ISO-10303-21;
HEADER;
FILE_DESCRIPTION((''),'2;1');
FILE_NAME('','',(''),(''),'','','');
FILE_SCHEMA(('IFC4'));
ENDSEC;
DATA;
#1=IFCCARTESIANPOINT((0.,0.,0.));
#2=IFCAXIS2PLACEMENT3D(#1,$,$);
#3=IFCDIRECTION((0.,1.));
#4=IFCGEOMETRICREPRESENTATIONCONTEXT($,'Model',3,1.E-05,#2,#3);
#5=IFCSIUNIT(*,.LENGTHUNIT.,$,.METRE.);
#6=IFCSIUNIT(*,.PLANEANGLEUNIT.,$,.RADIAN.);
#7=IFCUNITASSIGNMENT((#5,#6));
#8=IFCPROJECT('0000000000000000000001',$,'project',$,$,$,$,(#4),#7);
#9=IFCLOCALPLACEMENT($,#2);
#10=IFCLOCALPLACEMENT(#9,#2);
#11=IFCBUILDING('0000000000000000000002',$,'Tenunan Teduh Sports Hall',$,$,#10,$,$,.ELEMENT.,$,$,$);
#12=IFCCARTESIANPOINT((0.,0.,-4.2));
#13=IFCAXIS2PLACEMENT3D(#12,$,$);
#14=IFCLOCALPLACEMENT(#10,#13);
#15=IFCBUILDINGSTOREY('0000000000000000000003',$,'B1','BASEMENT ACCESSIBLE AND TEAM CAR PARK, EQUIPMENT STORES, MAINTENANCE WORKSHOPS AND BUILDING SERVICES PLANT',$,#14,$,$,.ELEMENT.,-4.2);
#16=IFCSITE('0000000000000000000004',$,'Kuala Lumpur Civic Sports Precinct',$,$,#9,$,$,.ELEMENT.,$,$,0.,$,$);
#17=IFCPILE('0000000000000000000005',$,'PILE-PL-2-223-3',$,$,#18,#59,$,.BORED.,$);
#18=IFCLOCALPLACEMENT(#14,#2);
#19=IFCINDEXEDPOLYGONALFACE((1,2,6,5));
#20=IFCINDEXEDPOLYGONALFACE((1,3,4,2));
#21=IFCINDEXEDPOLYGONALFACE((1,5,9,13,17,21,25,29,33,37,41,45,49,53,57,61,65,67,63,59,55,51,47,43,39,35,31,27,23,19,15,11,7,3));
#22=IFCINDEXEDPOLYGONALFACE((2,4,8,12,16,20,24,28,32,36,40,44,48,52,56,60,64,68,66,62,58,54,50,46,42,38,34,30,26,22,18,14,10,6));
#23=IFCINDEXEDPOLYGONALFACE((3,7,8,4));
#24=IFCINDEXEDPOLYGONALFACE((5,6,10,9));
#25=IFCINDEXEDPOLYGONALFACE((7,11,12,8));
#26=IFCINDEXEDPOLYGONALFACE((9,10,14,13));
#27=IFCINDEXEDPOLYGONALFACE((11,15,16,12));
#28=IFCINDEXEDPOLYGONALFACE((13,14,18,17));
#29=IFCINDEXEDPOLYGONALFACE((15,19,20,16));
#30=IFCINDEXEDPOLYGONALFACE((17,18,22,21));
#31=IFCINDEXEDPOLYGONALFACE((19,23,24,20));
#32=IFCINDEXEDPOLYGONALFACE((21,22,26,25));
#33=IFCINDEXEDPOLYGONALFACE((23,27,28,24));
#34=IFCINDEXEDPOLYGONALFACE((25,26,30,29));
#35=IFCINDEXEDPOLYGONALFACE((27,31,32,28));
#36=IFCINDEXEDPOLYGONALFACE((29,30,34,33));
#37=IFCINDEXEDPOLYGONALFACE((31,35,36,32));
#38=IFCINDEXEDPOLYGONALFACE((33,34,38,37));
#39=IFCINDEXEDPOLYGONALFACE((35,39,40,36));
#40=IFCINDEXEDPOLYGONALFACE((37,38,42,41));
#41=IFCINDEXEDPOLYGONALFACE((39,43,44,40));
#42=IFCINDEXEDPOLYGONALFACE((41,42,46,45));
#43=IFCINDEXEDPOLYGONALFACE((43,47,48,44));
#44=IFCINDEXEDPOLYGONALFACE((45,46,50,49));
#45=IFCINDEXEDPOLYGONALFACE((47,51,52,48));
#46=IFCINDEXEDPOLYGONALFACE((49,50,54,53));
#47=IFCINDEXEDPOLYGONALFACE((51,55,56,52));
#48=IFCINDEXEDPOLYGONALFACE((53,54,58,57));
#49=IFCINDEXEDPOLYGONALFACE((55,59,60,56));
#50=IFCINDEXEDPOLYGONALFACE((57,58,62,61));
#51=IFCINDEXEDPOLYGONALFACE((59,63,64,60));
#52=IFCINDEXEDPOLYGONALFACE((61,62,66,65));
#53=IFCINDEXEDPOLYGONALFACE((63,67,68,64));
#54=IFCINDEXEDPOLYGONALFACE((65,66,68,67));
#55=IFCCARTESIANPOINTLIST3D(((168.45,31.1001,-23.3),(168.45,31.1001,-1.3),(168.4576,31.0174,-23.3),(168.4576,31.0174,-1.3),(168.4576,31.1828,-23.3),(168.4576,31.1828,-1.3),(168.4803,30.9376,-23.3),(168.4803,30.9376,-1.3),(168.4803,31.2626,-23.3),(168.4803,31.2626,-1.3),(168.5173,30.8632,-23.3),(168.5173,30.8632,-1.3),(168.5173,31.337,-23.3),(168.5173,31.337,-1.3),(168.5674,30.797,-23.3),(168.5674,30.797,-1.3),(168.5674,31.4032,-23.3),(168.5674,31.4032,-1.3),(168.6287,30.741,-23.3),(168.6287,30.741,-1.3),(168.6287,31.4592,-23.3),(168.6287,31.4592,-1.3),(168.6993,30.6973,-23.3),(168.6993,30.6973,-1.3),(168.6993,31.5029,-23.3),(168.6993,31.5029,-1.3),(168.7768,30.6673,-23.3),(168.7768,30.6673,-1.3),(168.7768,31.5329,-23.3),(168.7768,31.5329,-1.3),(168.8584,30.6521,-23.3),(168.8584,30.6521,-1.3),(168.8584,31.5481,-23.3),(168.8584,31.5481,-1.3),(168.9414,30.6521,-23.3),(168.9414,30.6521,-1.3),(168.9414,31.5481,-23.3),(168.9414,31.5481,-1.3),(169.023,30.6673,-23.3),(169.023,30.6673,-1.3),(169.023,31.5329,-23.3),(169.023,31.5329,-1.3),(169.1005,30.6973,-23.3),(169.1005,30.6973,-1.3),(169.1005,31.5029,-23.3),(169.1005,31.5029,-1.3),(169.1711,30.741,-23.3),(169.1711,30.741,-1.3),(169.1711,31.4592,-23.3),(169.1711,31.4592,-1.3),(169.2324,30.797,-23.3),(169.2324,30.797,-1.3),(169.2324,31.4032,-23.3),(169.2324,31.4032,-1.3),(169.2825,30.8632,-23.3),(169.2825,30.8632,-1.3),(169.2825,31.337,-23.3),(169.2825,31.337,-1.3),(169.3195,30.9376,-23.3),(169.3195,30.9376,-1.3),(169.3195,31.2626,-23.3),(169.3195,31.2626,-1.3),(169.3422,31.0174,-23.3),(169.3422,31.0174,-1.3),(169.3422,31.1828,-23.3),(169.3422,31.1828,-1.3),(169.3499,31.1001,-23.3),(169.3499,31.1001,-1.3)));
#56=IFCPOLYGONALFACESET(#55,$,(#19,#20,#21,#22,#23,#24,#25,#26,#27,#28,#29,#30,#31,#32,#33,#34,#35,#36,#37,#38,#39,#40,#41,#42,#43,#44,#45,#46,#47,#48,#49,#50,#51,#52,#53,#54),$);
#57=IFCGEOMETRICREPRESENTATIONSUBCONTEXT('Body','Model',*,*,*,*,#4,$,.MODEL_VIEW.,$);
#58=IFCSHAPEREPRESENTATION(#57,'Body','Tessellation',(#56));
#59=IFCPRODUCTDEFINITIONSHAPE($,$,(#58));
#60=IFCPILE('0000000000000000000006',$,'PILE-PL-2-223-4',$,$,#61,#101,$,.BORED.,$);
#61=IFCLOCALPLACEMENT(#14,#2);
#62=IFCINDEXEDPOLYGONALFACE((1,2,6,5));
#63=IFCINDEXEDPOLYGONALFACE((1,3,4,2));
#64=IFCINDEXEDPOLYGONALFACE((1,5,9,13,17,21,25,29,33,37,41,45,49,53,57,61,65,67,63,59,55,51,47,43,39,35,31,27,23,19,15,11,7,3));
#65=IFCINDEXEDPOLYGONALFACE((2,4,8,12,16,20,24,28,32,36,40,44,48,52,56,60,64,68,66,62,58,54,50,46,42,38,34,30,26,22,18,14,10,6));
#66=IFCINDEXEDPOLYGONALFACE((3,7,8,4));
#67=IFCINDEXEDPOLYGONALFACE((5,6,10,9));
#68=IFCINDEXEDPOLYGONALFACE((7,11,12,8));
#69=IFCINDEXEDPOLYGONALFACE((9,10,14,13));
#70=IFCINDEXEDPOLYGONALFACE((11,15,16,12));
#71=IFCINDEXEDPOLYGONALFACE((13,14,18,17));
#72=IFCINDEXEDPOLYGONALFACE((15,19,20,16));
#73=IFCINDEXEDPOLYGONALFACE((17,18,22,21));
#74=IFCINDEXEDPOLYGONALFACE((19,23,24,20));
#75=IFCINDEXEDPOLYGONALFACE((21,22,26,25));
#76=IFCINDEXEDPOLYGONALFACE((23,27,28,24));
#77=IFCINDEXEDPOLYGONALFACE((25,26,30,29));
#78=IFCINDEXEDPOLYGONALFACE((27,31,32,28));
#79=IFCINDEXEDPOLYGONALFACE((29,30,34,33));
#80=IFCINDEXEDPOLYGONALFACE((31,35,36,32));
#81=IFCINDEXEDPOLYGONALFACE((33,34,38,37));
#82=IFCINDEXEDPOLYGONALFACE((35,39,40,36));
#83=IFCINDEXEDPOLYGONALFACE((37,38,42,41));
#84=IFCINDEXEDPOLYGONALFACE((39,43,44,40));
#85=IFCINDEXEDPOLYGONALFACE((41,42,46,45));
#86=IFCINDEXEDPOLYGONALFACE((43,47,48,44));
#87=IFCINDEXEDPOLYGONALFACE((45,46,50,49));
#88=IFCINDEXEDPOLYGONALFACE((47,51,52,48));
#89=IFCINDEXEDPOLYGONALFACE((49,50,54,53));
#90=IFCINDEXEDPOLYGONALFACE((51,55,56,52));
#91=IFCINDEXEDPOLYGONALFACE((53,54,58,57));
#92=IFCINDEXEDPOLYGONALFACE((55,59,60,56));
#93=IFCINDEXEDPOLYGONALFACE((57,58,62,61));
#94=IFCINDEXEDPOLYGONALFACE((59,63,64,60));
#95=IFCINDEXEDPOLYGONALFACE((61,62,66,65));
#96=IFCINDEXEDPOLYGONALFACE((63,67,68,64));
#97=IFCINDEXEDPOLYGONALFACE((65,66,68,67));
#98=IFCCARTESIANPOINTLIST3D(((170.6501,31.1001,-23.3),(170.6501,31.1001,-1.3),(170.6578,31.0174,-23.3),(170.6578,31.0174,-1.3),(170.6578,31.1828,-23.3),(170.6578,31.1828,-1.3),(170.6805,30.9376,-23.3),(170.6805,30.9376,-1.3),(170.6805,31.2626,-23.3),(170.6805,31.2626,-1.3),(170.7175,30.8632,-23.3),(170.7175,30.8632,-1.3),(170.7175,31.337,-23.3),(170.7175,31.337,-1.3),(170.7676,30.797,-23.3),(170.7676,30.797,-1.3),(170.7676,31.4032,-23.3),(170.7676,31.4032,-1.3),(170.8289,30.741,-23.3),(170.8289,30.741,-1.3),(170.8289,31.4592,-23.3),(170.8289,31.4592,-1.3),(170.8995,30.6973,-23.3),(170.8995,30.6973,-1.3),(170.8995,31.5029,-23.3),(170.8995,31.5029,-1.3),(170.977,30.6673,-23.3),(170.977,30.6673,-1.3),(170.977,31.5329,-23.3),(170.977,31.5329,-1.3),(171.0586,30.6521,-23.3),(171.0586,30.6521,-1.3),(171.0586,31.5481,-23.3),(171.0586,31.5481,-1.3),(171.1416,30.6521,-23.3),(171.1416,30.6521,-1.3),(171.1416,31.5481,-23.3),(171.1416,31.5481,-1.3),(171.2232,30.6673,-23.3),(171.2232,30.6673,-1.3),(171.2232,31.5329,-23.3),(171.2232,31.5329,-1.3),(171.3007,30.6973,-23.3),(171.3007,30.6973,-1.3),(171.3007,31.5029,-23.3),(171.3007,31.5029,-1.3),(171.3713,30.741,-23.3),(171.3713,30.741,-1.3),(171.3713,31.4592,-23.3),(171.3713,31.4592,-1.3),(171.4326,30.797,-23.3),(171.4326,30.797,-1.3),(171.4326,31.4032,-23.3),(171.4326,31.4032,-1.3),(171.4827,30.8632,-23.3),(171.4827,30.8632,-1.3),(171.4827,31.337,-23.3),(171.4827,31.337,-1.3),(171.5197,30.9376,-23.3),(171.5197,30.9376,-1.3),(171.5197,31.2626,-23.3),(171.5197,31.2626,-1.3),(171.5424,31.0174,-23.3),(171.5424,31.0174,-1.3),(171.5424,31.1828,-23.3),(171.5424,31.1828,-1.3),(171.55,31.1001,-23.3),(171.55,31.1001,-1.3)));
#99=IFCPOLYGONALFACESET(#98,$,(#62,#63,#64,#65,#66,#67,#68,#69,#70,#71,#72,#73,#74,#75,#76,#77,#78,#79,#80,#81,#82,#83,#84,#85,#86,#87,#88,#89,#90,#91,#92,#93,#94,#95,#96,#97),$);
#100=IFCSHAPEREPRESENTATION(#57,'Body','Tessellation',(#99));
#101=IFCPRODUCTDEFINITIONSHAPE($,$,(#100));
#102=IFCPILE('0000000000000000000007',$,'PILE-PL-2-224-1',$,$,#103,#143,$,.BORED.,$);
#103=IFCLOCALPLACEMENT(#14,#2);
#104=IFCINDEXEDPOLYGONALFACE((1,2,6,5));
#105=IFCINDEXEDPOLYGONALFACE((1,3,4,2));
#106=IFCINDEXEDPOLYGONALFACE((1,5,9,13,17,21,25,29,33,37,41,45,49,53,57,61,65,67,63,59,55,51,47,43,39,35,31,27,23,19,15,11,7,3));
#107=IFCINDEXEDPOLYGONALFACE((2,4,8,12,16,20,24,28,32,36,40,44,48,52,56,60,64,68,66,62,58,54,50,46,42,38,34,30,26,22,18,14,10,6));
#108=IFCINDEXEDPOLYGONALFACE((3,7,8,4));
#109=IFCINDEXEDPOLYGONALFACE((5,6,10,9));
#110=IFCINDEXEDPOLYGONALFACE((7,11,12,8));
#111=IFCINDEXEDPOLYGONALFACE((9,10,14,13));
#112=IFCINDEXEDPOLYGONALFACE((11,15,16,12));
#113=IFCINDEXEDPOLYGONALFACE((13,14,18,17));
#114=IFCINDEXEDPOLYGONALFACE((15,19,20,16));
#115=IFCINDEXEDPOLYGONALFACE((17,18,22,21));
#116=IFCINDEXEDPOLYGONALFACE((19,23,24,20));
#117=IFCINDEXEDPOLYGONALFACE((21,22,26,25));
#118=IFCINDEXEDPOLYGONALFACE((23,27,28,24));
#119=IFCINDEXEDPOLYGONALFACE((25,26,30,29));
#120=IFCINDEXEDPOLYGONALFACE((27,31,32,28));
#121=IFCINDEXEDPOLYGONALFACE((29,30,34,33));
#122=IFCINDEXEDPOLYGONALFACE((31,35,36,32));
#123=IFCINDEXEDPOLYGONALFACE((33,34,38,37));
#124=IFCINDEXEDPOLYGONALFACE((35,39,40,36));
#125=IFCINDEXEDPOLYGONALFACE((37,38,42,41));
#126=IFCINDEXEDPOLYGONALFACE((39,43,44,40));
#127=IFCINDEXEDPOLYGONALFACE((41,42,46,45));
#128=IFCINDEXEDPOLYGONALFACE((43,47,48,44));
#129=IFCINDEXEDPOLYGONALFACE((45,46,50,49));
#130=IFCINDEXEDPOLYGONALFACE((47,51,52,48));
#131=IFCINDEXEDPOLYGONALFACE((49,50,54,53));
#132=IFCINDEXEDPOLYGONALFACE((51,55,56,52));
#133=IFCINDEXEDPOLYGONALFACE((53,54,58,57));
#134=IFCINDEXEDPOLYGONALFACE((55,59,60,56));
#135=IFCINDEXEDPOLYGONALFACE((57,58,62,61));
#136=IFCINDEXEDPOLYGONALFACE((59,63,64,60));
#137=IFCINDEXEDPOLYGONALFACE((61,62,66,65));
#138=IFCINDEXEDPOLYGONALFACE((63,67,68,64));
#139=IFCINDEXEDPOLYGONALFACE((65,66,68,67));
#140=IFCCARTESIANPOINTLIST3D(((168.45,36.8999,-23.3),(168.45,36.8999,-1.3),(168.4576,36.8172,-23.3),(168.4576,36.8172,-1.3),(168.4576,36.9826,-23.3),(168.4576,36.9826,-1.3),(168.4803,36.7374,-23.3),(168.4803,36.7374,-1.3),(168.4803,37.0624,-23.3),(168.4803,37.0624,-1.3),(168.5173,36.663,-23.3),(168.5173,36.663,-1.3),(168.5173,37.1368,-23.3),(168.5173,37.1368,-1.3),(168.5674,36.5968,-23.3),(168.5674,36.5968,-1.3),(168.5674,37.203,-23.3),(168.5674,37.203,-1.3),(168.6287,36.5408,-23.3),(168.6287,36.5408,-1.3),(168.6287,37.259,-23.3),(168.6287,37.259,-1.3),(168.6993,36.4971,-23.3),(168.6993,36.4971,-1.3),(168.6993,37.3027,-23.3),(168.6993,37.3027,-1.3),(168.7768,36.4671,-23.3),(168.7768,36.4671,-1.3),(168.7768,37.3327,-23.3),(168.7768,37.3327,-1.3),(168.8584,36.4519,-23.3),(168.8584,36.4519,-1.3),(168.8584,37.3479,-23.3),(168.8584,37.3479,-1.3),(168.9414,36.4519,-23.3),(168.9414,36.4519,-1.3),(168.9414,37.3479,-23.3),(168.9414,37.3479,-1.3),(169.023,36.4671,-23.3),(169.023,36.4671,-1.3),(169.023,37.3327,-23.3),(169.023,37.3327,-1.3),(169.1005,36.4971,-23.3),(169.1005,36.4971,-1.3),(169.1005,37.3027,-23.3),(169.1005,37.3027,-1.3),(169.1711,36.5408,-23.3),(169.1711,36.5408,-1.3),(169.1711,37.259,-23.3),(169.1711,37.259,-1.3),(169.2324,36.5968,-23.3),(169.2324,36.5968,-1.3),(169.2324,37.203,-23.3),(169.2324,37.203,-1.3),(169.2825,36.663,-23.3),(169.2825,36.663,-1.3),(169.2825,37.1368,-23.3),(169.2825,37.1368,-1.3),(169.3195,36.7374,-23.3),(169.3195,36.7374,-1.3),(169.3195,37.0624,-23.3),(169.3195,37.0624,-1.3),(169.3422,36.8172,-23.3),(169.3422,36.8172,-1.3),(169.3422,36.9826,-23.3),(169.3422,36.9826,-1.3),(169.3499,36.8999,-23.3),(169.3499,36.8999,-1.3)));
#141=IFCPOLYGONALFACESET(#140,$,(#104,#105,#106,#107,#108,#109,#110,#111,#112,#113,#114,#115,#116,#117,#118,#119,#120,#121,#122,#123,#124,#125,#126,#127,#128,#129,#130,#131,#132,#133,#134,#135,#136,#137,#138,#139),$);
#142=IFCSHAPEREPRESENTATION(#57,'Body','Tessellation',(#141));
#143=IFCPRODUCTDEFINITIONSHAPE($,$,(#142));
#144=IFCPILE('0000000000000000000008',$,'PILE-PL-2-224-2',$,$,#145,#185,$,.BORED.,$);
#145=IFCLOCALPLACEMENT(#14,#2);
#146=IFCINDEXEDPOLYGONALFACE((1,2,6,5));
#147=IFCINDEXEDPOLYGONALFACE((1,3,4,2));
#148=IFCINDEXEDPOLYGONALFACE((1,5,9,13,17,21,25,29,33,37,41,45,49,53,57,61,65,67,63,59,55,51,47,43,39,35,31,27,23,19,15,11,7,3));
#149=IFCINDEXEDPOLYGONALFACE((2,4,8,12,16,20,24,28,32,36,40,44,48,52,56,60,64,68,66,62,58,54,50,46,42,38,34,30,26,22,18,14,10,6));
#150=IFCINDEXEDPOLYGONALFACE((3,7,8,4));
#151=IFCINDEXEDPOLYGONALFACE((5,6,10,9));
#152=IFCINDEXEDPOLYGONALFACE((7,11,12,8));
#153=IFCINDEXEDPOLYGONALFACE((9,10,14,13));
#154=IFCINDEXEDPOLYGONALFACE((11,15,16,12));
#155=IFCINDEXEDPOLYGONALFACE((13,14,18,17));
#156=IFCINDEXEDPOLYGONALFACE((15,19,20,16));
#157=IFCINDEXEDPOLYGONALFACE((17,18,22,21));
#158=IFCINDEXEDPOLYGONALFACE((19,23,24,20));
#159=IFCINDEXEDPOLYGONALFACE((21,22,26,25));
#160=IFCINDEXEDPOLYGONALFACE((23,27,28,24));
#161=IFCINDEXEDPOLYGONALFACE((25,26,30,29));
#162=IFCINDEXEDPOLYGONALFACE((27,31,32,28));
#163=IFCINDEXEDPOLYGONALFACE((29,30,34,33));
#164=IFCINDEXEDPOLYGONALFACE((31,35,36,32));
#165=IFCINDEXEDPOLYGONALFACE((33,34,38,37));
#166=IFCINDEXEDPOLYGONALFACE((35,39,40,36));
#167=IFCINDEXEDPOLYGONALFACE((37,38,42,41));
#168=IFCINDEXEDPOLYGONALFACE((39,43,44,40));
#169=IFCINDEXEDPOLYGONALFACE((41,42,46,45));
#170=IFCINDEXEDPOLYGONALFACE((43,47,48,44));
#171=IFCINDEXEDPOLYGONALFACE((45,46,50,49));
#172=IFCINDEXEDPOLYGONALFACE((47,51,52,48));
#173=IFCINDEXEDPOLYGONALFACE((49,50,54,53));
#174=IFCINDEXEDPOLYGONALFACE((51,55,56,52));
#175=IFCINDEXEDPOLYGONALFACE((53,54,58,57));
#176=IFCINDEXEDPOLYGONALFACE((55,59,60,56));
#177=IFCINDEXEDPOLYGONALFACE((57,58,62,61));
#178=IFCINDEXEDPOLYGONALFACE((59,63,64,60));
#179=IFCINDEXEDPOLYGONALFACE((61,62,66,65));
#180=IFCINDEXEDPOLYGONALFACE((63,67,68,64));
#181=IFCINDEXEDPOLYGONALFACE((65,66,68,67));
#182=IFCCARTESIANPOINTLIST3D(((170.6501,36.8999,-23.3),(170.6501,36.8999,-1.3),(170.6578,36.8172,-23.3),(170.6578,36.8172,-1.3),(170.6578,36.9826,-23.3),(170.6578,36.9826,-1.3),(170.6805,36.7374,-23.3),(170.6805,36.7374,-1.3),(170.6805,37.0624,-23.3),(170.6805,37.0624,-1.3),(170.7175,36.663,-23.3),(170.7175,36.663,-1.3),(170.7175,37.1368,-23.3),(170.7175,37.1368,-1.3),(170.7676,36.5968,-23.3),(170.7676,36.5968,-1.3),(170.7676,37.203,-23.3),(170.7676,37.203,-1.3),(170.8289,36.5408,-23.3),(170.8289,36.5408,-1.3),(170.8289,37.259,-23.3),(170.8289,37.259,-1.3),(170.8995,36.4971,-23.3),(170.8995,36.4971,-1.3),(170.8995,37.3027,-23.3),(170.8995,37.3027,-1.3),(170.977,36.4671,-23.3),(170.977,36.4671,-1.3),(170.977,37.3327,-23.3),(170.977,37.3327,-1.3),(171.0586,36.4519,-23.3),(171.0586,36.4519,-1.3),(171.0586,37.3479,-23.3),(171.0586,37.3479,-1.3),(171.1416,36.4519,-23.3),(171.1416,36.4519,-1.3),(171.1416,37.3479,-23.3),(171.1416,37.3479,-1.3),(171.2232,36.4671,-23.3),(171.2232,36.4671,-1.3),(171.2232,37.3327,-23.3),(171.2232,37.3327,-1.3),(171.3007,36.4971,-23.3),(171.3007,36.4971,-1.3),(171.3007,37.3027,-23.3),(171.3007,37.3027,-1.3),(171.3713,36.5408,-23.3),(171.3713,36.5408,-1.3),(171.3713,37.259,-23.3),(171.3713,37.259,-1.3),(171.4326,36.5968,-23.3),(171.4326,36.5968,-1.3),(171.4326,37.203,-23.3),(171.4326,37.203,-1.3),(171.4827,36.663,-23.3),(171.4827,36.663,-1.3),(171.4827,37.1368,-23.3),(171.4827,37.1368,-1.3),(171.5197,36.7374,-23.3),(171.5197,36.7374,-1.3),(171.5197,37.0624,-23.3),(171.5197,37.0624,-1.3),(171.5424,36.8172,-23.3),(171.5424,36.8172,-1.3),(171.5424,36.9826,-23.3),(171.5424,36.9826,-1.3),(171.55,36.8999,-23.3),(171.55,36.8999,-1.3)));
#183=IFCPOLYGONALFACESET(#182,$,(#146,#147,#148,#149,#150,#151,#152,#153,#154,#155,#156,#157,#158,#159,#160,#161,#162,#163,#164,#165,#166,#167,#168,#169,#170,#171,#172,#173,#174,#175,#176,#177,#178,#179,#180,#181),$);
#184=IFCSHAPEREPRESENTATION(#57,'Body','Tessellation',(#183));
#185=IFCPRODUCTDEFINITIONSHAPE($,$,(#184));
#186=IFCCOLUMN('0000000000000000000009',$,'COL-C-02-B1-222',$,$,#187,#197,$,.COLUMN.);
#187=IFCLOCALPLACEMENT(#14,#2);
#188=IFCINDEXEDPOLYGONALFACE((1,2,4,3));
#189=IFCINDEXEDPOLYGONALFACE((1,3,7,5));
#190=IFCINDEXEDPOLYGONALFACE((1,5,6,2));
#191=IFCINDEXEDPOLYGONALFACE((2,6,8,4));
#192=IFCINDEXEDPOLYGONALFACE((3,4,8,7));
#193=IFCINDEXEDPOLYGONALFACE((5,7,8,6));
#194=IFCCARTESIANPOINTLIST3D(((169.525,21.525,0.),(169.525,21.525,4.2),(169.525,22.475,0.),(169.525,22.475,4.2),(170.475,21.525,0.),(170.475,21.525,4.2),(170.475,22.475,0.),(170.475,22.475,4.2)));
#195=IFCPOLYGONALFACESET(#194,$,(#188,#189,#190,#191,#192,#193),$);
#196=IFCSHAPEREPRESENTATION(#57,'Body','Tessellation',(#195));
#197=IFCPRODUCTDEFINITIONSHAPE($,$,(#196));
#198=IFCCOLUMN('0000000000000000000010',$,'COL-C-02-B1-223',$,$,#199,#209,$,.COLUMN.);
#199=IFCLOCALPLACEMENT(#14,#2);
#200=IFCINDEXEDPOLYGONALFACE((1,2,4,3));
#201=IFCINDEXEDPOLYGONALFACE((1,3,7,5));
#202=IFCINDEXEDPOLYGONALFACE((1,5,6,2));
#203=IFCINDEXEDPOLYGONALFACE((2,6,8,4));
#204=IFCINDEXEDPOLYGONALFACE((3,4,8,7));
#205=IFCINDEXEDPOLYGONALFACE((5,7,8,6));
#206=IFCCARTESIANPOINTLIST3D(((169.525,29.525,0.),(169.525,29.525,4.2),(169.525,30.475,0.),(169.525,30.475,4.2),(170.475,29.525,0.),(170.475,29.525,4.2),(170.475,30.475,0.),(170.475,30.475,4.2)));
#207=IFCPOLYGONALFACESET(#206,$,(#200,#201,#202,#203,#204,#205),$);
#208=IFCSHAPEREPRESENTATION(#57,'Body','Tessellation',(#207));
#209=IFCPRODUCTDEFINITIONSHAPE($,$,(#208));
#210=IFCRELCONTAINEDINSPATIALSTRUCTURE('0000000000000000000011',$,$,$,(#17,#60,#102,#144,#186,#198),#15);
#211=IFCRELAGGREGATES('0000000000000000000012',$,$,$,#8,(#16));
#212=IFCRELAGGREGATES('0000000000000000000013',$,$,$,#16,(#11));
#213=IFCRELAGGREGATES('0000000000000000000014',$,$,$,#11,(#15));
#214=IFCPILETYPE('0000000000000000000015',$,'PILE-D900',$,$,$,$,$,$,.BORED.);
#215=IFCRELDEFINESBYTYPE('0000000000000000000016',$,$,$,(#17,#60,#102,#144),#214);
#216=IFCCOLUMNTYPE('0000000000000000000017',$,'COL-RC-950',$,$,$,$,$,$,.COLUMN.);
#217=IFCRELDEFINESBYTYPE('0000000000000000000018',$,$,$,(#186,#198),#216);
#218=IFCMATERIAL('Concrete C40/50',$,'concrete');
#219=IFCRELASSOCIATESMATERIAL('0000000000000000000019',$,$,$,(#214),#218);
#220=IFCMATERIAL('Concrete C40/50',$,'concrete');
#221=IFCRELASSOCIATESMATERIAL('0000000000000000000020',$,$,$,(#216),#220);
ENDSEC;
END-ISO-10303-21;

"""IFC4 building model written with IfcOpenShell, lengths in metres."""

from ifc_helpers import new_model, si_unit, direction, frame, origin, origin_2d, place, context, subcontext, project, spatial, rectangle, circle, extrude, material, material_profile, profile_set, type_object, element, save


model = new_model("IFC4")

# Units and contexts
model_context = context("Model", 3, precision=1e-05, world=origin(), true_north=direction((0.0, 1.0)))
body_context = subcontext(model_context, "Body", "Model", "MODEL_VIEW")
ifc_project = project(units=[si_unit("LENGTHUNIT", "METRE"), si_unit("PLANEANGLEUNIT", "RADIAN")], contexts=[model_context])

# Site, building, storey
site_placement = place(None, origin())
site = spatial("IfcSite", under=ifc_project, at=site_placement, Name="Kuala Lumpur Civic Sports Precinct", CompositionType="ELEMENT", RefElevation=0.0)
building_placement = place(site_placement, origin())
building = spatial("IfcBuilding", under=site, at=building_placement, Name="Tenunan Teduh Sports Hall", CompositionType="ELEMENT")
storey_placement = place(building_placement, frame((0.0, 0.0, -4.2)))
storey = spatial("IfcBuildingStorey", under=building, at=storey_placement, Name="B1", Description="BASEMENT ACCESSIBLE AND TEAM CAR PARK, EQUIPMENT STORES, MAINTENANCE WORKSHOPS AND BUILDING SERVICES PLANT", CompositionType="ELEMENT", Elevation=-4.2)

# Piles
ifc_material_1 = material(Name="Concrete C40/50", Category="concrete")
ifc_material_profile_1 = material_profile(ifc_material_1, circle(Radius=0.45, at=origin_2d()), Name="PILE D900")
ifc_profile_set_1 = profile_set([ifc_material_profile_1], Name="Concrete C40/50")
pile_type = type_object("IfcPileType", Name="PILE-D900", PredefinedType="BORED", material=ifc_profile_set_1)
for number, where, z_axis, x_axis, name in (
    (1, (168.8999, 31.1001, -1.3), (0.0, 0.0, -1.0), (1.0, 0.0, 0.0), "PILE-PL-2-223-3"),
    (2, (171.1001, 31.1001, -1.3), (0.0, 0.0, -1.0), (1.0, 0.0, 0.0), "PILE-PL-2-223-4"),
    (3, (168.8999, 36.8999, -1.3), (0.0, 0.0, -1.0), (1.0, 0.0, 0.0), "PILE-PL-2-224-1"),
    (4, (171.1001, 36.8999, -1.3), (0.0, 0.0, -1.0), (1.0, 0.0, 0.0), "PILE-PL-2-224-2"),
):
    element("IfcPile", number, at=place(storey_placement, frame(where, z_axis=z_axis, x_axis=x_axis)), inside=storey, type_object=pile_type, Name=name, PredefinedType="BORED", context=body_context, shape_type="SweptSolid", body=[
        extrude(circle(Radius=0.45, at=origin_2d()), origin(), (0.0, 0.0, 1.0), 22.0),
    ])

# Columns
ifc_material_2 = material(Name="Concrete C40/50", Category="concrete")
ifc_material_profile_2 = material_profile(ifc_material_2, rectangle(XDim=0.95, YDim=0.95, at=origin_2d()), Name="RC 950x950")
ifc_profile_set_2 = profile_set([ifc_material_profile_2], Name="Concrete C40/50")
column_type_1 = type_object("IfcColumnType", Name="COL-RC-950", PredefinedType="COLUMN", material=ifc_profile_set_2)
for number, where, z_axis, x_axis, name in (
    (5, (170.0, 22.0, 0.0), (0.0, 0.0, 1.0), (1.0, 0.0, 0.0), "COL-C-02-B1-222"),
    (6, (170.0, 30.0, 0.0), (0.0, 0.0, 1.0), (1.0, 0.0, 0.0), "COL-C-02-B1-223"),
):
    element("IfcColumn", number, at=place(storey_placement, frame(where, z_axis=z_axis, x_axis=x_axis)), inside=storey, type_object=column_type_1, Name=name, PredefinedType="COLUMN", context=body_context, shape_type="SweptSolid", body=[
        extrude(rectangle(XDim=0.95, YDim=0.95, at=origin_2d()), origin(), (0.0, 0.0, 1.0), 4.2),
    ])

save(model, "model.ifc")
